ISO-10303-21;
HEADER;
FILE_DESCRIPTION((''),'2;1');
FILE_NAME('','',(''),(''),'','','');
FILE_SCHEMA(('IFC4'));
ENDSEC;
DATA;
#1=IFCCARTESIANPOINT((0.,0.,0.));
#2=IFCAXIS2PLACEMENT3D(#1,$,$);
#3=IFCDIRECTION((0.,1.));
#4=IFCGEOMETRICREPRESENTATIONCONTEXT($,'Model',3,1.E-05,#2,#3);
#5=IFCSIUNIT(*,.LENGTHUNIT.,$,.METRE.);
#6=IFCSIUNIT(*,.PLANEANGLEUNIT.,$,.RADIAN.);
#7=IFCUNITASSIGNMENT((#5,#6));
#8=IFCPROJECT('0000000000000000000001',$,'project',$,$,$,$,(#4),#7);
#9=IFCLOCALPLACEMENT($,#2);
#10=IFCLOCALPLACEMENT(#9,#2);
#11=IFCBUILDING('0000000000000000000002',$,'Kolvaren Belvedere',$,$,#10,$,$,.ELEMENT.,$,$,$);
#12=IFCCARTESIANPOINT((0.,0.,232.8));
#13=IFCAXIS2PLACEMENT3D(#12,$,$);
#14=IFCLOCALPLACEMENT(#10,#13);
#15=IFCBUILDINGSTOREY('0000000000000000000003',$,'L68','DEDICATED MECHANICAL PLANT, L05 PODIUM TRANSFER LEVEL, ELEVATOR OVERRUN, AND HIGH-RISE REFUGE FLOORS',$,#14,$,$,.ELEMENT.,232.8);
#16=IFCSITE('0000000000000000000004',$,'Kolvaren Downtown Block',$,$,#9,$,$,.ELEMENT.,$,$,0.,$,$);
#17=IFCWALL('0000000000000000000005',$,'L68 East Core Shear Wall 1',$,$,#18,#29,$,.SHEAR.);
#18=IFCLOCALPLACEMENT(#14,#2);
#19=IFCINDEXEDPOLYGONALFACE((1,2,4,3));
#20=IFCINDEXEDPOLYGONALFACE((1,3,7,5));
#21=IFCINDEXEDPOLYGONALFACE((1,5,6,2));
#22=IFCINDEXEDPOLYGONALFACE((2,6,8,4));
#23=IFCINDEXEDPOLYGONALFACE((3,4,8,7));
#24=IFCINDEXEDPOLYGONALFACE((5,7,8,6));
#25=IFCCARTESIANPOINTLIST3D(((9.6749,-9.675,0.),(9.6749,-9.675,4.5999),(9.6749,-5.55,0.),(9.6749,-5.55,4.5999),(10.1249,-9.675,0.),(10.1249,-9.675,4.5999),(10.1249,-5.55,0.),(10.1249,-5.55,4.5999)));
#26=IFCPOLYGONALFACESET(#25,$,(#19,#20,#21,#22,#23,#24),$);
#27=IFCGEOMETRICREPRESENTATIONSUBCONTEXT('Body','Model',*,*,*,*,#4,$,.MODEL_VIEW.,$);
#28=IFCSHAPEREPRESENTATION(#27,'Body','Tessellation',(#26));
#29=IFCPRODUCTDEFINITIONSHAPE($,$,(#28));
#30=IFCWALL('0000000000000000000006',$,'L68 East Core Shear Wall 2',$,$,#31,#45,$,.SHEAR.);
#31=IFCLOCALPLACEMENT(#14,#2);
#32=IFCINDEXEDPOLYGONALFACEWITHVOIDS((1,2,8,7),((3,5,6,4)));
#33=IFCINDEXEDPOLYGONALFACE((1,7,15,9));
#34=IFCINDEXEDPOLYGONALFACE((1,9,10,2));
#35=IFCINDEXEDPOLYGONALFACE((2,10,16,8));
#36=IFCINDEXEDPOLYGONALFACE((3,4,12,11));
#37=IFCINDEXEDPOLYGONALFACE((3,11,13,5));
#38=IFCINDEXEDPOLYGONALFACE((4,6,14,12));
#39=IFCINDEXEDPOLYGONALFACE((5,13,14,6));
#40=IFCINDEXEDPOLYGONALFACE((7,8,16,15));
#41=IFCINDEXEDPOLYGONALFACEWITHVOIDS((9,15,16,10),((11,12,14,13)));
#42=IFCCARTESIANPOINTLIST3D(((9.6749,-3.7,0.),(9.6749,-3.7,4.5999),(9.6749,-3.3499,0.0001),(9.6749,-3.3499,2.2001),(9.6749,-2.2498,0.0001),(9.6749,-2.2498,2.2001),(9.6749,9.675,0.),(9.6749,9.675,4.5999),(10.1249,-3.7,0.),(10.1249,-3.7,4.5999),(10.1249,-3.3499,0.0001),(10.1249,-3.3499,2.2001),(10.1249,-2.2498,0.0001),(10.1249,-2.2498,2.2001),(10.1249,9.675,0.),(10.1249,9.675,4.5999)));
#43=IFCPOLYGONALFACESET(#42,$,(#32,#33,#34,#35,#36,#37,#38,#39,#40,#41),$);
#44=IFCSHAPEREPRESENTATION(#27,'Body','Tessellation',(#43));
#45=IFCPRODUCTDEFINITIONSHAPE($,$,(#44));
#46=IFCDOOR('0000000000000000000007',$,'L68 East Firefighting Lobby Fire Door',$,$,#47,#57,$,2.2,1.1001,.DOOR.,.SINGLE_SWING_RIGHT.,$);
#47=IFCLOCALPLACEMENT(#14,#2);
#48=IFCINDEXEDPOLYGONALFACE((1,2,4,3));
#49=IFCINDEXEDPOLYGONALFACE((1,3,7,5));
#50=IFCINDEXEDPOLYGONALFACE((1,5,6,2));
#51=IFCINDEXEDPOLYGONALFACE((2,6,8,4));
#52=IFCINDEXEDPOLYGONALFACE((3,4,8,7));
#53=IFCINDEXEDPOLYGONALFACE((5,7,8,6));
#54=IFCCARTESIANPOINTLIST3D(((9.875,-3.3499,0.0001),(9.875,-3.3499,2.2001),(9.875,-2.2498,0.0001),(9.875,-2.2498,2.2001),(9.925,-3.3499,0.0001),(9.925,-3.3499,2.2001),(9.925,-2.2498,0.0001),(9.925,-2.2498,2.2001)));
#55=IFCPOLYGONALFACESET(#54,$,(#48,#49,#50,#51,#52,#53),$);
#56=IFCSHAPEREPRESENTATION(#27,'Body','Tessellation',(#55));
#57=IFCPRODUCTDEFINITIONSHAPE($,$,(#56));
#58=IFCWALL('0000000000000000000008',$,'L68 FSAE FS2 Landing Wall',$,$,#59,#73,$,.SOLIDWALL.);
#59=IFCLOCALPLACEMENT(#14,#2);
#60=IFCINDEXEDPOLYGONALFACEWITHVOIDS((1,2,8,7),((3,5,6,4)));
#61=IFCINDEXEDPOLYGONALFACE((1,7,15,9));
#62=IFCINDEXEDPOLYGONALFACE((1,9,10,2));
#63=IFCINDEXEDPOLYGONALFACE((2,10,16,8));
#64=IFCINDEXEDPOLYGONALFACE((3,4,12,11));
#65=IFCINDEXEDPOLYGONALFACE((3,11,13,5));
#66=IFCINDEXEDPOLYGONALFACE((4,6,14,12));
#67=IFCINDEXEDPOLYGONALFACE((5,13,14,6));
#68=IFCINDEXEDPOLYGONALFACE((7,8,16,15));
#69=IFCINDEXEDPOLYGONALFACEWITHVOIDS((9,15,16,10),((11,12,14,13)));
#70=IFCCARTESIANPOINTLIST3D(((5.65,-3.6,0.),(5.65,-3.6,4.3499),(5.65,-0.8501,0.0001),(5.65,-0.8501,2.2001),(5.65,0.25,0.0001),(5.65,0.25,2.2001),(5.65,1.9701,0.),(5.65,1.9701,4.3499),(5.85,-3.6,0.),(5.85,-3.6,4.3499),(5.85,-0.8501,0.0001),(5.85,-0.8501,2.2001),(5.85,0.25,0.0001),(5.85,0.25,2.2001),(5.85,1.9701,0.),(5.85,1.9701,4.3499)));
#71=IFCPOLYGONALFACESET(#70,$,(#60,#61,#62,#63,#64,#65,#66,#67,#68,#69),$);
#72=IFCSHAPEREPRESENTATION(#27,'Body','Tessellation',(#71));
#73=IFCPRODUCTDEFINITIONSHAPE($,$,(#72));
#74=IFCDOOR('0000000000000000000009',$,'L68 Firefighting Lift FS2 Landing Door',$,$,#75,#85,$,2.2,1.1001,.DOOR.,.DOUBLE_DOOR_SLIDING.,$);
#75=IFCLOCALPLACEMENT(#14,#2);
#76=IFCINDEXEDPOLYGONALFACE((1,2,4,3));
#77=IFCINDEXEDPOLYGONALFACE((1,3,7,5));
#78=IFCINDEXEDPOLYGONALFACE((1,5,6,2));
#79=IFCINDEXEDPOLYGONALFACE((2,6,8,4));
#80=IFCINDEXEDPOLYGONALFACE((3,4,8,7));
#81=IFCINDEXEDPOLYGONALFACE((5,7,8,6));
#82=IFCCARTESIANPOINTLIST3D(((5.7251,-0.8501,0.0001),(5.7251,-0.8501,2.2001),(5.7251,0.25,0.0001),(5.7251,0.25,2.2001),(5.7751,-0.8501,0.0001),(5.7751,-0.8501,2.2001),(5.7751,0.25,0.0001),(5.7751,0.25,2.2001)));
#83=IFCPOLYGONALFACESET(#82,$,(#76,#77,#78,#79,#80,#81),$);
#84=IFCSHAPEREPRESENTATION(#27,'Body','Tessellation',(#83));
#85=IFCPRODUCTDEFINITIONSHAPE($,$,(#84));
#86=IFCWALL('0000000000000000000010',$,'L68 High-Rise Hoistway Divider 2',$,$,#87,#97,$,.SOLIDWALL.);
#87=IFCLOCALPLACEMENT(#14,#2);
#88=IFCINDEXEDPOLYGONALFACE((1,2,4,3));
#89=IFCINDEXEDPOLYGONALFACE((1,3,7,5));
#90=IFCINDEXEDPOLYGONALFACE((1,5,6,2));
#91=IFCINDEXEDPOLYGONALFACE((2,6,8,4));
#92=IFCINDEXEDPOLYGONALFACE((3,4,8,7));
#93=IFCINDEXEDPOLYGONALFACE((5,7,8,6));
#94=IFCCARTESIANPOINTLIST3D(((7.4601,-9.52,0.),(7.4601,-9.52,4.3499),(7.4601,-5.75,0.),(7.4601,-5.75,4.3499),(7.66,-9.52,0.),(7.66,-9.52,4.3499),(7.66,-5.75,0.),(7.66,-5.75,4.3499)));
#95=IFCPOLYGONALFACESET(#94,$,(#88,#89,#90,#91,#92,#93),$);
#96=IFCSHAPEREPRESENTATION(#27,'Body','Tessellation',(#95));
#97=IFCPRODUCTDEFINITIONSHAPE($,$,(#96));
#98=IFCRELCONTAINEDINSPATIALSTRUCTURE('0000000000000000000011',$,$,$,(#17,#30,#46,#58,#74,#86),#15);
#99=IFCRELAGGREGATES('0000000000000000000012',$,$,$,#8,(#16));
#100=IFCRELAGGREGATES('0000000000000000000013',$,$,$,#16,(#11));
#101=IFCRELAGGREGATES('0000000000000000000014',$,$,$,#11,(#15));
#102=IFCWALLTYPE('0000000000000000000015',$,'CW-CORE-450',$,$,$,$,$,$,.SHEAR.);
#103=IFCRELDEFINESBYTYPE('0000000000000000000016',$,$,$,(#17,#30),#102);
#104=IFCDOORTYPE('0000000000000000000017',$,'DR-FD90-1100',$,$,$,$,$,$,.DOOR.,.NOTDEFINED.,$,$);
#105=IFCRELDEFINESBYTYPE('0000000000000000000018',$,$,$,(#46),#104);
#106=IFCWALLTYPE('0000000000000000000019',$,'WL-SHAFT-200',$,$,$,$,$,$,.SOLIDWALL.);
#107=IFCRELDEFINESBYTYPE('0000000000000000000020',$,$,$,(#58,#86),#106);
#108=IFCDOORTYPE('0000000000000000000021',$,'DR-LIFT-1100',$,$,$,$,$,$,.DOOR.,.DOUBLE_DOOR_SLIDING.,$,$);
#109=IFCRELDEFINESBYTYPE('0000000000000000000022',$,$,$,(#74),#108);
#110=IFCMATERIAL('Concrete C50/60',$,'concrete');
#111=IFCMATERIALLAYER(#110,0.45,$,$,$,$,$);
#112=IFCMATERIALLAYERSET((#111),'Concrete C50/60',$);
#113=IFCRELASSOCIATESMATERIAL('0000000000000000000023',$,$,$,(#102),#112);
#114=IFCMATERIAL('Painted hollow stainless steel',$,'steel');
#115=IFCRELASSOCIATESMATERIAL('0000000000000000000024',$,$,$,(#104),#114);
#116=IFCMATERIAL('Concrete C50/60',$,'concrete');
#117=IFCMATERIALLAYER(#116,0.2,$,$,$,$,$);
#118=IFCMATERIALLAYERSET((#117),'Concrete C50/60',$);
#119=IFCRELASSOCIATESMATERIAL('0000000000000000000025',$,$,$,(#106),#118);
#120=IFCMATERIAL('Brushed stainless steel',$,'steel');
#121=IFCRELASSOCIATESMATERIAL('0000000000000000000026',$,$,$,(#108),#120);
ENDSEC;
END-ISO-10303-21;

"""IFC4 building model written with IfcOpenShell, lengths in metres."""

from ifc_helpers import new_model, si_unit, direction, frame, frame_2d, origin, place, context, subcontext, project, spatial, rectangle, extrude, material, layer, layer_set, type_object, element, fill, save


model = new_model("IFC4")

# Units and contexts
model_context = context("Model", 3, precision=1e-05, world=origin(), true_north=direction((0.0, 1.0)))
body_context = subcontext(model_context, "Body", "Model", "MODEL_VIEW")
ifc_project = project(units=[si_unit("LENGTHUNIT", "METRE"), si_unit("PLANEANGLEUNIT", "RADIAN")], contexts=[model_context])

# Site, building, storey
site_placement = place(None, origin())
site = spatial("IfcSite", under=ifc_project, at=site_placement, Name="Kolvaren Downtown Block", CompositionType="ELEMENT", RefElevation=0.0)
building_placement = place(site_placement, origin())
building = spatial("IfcBuilding", under=site, at=building_placement, Name="Kolvaren Belvedere", CompositionType="ELEMENT")
storey_placement = place(building_placement, frame((0.0, 0.0, 232.8)))
storey = spatial("IfcBuildingStorey", under=building, at=storey_placement, Name="L68", Description="DEDICATED MECHANICAL PLANT, L05 PODIUM TRANSFER LEVEL, ELEVATOR OVERRUN, AND HIGH-RISE REFUGE FLOORS", CompositionType="ELEMENT", Elevation=232.8)

# Wall
ifc_material_1 = material(Name="Concrete C50/60", Category="concrete")
ifc_layer_1 = layer(ifc_material_1, 0.45)
ifc_layer_set_1 = layer_set([ifc_layer_1], Name="Concrete C50/60")
wall_type_1 = type_object("IfcWallType", Name="CW-CORE-450", PredefinedType="SHEAR", material=ifc_layer_set_1)
wall_1_placement = place(storey_placement, frame((9.8999, -9.675, 0.0), z_axis=(0.0, 0.0, 1.0), x_axis=(0.0, 1.0, 0.0)))
element("IfcWall", 1, at=wall_1_placement, inside=storey, type_object=wall_type_1, Name="L68 East Core Shear Wall 1", PredefinedType="SHEAR", context=body_context, shape_type="SweptSolid", body=[
    extrude(rectangle(XDim=4.125, YDim=0.45, at=frame_2d((2.0625, 0.0))), origin(), (0.0, 0.0, 1.0), 4.5999),
])

# Walls, openings, doors
wall_2_placement = place(storey_placement, frame((9.8999, -3.7, 0.0), z_axis=(0.0, 0.0, 1.0), x_axis=(0.0, 1.0, 0.0)))
wall_2 = element("IfcWall", 2, at=wall_2_placement, inside=storey, type_object=wall_type_1, Name="L68 East Core Shear Wall 2", PredefinedType="SHEAR", context=body_context, shape_type="SweptSolid", body=[
    extrude(rectangle(XDim=13.375, YDim=0.45, at=frame_2d((6.6875, 0.0))), origin(), (0.0, 0.0, 1.0), 4.5999),
])
opening_1_placement = place(wall_2_placement, frame((0.3501, 0.0, 0.0)))
opening_1 = element("IfcOpeningElement", 3, at=opening_1_placement, cuts=wall_2, PredefinedType="OPENING", context=body_context, shape_type="SweptSolid", body=[
    extrude(rectangle(XDim=1.1001, YDim=2.2, at=frame_2d((0.55, 1.1001))), frame((0.0, 0.2349, 0.0), z_axis=(0.0, -1.0, 0.0), x_axis=(1.0, 0.0, 0.0)), (0.0, 0.0, 1.0), 0.47),
])
ifc_material_2 = material(Name="Painted hollow stainless steel", Category="steel")
door_type_1 = type_object("IfcDoorType", Name="DR-FD90-1100", OperationType="NOTDEFINED", PredefinedType="DOOR", material=ifc_material_2)
door_1_placement = place(opening_1_placement, origin())
door_1 = element("IfcDoor", 4, at=door_1_placement, inside=storey, type_object=door_type_1, Name="L68 East Firefighting Lobby Fire Door", OperationType="SINGLE_SWING_RIGHT", OverallHeight=2.2, OverallWidth=1.1001, PredefinedType="DOOR", context=body_context, shape_type="SweptSolid", body=[
    extrude(rectangle(XDim=1.1001, YDim=2.2, at=frame_2d((0.55, 1.1001))), frame((0.0, 0.0249, 0.0), z_axis=(0.0, -1.0, 0.0), x_axis=(1.0, 0.0, 0.0)), (0.0, 0.0, 1.0), 0.05),
])
fill(opening_1, door_1)
ifc_material_3 = material(Name="Concrete C50/60", Category="concrete")
ifc_layer_2 = layer(ifc_material_3, 0.2)
ifc_layer_set_2 = layer_set([ifc_layer_2], Name="Concrete C50/60")
wall_type_2 = type_object("IfcWallType", Name="WL-SHAFT-200", PredefinedType="SOLIDWALL", material=ifc_layer_set_2)
wall_3_placement = place(storey_placement, frame((5.75, -3.6001, 0.0), z_axis=(0.0, 0.0, 1.0), x_axis=(0.0, 1.0, 0.0)))
wall_3 = element("IfcWall", 5, at=wall_3_placement, inside=storey, type_object=wall_type_2, Name="L68 FSAE FS2 Landing Wall", PredefinedType="SOLIDWALL", context=body_context, shape_type="SweptSolid", body=[
    extrude(rectangle(XDim=5.5701, YDim=0.2, at=frame_2d((2.7852, 0.0))), origin(), (0.0, 0.0, 1.0), 4.3499),
])
opening_2_placement = place(wall_3_placement, frame((2.75, 0.0, 0.0)))
opening_2 = element("IfcOpeningElement", 6, at=opening_2_placement, cuts=wall_3, PredefinedType="OPENING", context=body_context, shape_type="SweptSolid", body=[
    extrude(rectangle(XDim=1.1001, YDim=2.2, at=frame_2d((0.55, 1.1001))), frame((0.0, 0.1099, 0.0), z_axis=(0.0, -1.0, 0.0), x_axis=(1.0, 0.0, 0.0)), (0.0, 0.0, 1.0), 0.22),
])
ifc_material_4 = material(Name="Brushed stainless steel", Category="steel")
door_type_2 = type_object("IfcDoorType", Name="DR-LIFT-1100", OperationType="DOUBLE_DOOR_SLIDING", PredefinedType="DOOR", material=ifc_material_4)
door_2_placement = place(opening_2_placement, origin())
door_2 = element("IfcDoor", 7, at=door_2_placement, inside=storey, type_object=door_type_2, Name="L68 Firefighting Lift FS2 Landing Door", OperationType="DOUBLE_DOOR_SLIDING", OverallHeight=2.2, OverallWidth=1.1001, PredefinedType="DOOR", context=body_context, shape_type="SweptSolid", body=[
    extrude(rectangle(XDim=1.1001, YDim=2.2, at=frame_2d((0.55, 1.1001))), frame((0.0, 0.0249, 0.0), z_axis=(0.0, -1.0, 0.0), x_axis=(1.0, 0.0, 0.0)), (0.0, 0.0, 1.0), 0.05),
])
fill(opening_2, door_2)

# Wall
wall_4_placement = place(storey_placement, frame((7.5601, -9.52, 0.0), z_axis=(0.0, 0.0, 1.0), x_axis=(0.0, 1.0, 0.0)))
element("IfcWall", 8, at=wall_4_placement, inside=storey, type_object=wall_type_2, Name="L68 High-Rise Hoistway Divider 2", PredefinedType="SOLIDWALL", context=body_context, shape_type="SweptSolid", body=[
    extrude(rectangle(XDim=3.77, YDim=0.2, at=frame_2d((1.885, 0.0))), origin(), (0.0, 0.0, 1.0), 4.3499),
])

save(model, "model.ifc")
